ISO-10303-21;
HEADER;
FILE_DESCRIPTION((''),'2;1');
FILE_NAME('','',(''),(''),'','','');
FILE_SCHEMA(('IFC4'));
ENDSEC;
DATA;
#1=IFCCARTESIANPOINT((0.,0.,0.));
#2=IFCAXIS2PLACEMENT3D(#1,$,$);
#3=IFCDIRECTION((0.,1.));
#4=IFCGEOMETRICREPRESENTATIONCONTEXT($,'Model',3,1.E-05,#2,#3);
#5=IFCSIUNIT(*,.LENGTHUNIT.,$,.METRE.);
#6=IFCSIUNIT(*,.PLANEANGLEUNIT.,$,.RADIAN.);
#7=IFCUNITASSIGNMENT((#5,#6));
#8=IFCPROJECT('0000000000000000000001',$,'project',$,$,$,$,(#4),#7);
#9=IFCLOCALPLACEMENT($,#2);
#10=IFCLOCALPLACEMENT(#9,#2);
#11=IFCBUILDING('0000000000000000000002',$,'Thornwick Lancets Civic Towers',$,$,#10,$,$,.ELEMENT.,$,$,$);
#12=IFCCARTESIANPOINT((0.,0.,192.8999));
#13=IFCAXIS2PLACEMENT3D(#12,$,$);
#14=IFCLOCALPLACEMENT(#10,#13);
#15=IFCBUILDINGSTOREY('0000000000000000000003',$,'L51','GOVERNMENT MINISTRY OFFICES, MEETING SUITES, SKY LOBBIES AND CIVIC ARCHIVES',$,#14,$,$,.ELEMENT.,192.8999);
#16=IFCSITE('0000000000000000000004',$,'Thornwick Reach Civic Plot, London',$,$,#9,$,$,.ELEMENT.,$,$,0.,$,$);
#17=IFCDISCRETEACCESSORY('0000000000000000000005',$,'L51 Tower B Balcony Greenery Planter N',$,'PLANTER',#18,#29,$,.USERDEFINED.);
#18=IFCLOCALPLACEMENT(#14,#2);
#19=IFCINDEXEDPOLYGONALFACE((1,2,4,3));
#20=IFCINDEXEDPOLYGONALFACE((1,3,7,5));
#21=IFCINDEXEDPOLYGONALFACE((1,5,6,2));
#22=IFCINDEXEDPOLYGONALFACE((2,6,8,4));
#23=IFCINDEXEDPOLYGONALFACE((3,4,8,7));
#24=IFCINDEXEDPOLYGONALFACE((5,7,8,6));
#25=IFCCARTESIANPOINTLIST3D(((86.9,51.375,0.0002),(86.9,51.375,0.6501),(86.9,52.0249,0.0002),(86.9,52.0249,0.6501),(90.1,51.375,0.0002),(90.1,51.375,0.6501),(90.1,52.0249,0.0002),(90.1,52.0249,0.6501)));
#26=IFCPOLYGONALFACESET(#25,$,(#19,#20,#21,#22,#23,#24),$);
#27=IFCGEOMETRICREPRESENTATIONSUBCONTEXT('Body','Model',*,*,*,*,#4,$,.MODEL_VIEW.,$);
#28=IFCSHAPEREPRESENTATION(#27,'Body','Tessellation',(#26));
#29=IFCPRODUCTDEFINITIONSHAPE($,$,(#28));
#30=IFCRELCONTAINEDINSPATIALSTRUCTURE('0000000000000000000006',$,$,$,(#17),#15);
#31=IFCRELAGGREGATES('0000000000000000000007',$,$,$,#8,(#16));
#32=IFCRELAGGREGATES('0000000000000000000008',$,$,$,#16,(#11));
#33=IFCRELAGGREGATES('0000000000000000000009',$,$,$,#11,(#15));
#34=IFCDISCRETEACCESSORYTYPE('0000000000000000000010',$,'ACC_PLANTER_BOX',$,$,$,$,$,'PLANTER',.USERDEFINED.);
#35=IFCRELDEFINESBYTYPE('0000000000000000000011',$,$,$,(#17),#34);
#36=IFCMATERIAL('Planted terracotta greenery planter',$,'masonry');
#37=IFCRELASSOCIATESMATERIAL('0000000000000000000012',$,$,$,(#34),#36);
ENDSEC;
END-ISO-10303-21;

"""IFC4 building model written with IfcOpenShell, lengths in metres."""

from ifc_helpers import new_model, si_unit, direction, frame, origin, origin_2d, place, context, subcontext, project, spatial, rectangle, extrude, material, type_object, element, save


model = new_model("IFC4")

# Units and contexts
model_context = context("Model", 3, precision=1e-05, world=origin(), true_north=direction((0.0, 1.0)))
body_context = subcontext(model_context, "Body", "Model", "MODEL_VIEW")
ifc_project = project(units=[si_unit("LENGTHUNIT", "METRE"), si_unit("PLANEANGLEUNIT", "RADIAN")], contexts=[model_context])

# Site, building, storey
site_placement = place(None, origin())
site = spatial("IfcSite", under=ifc_project, at=site_placement, Name="Thornwick Reach Civic Plot, London", CompositionType="ELEMENT", RefElevation=0.0)
building_placement = place(site_placement, origin())
building = spatial("IfcBuilding", under=site, at=building_placement, Name="Thornwick Lancets Civic Towers", CompositionType="ELEMENT")
storey_placement = place(building_placement, frame((0.0, 0.0, 192.8999)))
storey = spatial("IfcBuildingStorey", under=building, at=storey_placement, Name="L51", Description="GOVERNMENT MINISTRY OFFICES, MEETING SUITES, SKY LOBBIES AND CIVIC ARCHIVES", CompositionType="ELEMENT", Elevation=192.8999)

# Discrete accessory
ifc_material_1 = material(Name="Planted terracotta greenery planter", Category="masonry")
discrete_accessory_type = type_object("IfcDiscreteAccessoryType", Name="ACC_PLANTER_BOX", ElementType="PLANTER", PredefinedType="USERDEFINED", material=ifc_material_1)
discrete_accessory_placement = place(storey_placement, frame((88.5, 51.7, 0.0002), z_axis=(0.0, 0.0, 1.0), x_axis=(1.0, 0.0, 0.0)))
element("IfcDiscreteAccessory", 1, at=discrete_accessory_placement, inside=storey, type_object=discrete_accessory_type, Name="L51 Tower B Balcony Greenery Planter N", ObjectType="PLANTER", PredefinedType="USERDEFINED", context=body_context, shape_type="SweptSolid", body=[
    extrude(rectangle(XDim=3.2, YDim=0.6499, at=origin_2d()), origin(), (0.0, 0.0, 1.0), 0.6499),
])

save(model, "model.ifc")
